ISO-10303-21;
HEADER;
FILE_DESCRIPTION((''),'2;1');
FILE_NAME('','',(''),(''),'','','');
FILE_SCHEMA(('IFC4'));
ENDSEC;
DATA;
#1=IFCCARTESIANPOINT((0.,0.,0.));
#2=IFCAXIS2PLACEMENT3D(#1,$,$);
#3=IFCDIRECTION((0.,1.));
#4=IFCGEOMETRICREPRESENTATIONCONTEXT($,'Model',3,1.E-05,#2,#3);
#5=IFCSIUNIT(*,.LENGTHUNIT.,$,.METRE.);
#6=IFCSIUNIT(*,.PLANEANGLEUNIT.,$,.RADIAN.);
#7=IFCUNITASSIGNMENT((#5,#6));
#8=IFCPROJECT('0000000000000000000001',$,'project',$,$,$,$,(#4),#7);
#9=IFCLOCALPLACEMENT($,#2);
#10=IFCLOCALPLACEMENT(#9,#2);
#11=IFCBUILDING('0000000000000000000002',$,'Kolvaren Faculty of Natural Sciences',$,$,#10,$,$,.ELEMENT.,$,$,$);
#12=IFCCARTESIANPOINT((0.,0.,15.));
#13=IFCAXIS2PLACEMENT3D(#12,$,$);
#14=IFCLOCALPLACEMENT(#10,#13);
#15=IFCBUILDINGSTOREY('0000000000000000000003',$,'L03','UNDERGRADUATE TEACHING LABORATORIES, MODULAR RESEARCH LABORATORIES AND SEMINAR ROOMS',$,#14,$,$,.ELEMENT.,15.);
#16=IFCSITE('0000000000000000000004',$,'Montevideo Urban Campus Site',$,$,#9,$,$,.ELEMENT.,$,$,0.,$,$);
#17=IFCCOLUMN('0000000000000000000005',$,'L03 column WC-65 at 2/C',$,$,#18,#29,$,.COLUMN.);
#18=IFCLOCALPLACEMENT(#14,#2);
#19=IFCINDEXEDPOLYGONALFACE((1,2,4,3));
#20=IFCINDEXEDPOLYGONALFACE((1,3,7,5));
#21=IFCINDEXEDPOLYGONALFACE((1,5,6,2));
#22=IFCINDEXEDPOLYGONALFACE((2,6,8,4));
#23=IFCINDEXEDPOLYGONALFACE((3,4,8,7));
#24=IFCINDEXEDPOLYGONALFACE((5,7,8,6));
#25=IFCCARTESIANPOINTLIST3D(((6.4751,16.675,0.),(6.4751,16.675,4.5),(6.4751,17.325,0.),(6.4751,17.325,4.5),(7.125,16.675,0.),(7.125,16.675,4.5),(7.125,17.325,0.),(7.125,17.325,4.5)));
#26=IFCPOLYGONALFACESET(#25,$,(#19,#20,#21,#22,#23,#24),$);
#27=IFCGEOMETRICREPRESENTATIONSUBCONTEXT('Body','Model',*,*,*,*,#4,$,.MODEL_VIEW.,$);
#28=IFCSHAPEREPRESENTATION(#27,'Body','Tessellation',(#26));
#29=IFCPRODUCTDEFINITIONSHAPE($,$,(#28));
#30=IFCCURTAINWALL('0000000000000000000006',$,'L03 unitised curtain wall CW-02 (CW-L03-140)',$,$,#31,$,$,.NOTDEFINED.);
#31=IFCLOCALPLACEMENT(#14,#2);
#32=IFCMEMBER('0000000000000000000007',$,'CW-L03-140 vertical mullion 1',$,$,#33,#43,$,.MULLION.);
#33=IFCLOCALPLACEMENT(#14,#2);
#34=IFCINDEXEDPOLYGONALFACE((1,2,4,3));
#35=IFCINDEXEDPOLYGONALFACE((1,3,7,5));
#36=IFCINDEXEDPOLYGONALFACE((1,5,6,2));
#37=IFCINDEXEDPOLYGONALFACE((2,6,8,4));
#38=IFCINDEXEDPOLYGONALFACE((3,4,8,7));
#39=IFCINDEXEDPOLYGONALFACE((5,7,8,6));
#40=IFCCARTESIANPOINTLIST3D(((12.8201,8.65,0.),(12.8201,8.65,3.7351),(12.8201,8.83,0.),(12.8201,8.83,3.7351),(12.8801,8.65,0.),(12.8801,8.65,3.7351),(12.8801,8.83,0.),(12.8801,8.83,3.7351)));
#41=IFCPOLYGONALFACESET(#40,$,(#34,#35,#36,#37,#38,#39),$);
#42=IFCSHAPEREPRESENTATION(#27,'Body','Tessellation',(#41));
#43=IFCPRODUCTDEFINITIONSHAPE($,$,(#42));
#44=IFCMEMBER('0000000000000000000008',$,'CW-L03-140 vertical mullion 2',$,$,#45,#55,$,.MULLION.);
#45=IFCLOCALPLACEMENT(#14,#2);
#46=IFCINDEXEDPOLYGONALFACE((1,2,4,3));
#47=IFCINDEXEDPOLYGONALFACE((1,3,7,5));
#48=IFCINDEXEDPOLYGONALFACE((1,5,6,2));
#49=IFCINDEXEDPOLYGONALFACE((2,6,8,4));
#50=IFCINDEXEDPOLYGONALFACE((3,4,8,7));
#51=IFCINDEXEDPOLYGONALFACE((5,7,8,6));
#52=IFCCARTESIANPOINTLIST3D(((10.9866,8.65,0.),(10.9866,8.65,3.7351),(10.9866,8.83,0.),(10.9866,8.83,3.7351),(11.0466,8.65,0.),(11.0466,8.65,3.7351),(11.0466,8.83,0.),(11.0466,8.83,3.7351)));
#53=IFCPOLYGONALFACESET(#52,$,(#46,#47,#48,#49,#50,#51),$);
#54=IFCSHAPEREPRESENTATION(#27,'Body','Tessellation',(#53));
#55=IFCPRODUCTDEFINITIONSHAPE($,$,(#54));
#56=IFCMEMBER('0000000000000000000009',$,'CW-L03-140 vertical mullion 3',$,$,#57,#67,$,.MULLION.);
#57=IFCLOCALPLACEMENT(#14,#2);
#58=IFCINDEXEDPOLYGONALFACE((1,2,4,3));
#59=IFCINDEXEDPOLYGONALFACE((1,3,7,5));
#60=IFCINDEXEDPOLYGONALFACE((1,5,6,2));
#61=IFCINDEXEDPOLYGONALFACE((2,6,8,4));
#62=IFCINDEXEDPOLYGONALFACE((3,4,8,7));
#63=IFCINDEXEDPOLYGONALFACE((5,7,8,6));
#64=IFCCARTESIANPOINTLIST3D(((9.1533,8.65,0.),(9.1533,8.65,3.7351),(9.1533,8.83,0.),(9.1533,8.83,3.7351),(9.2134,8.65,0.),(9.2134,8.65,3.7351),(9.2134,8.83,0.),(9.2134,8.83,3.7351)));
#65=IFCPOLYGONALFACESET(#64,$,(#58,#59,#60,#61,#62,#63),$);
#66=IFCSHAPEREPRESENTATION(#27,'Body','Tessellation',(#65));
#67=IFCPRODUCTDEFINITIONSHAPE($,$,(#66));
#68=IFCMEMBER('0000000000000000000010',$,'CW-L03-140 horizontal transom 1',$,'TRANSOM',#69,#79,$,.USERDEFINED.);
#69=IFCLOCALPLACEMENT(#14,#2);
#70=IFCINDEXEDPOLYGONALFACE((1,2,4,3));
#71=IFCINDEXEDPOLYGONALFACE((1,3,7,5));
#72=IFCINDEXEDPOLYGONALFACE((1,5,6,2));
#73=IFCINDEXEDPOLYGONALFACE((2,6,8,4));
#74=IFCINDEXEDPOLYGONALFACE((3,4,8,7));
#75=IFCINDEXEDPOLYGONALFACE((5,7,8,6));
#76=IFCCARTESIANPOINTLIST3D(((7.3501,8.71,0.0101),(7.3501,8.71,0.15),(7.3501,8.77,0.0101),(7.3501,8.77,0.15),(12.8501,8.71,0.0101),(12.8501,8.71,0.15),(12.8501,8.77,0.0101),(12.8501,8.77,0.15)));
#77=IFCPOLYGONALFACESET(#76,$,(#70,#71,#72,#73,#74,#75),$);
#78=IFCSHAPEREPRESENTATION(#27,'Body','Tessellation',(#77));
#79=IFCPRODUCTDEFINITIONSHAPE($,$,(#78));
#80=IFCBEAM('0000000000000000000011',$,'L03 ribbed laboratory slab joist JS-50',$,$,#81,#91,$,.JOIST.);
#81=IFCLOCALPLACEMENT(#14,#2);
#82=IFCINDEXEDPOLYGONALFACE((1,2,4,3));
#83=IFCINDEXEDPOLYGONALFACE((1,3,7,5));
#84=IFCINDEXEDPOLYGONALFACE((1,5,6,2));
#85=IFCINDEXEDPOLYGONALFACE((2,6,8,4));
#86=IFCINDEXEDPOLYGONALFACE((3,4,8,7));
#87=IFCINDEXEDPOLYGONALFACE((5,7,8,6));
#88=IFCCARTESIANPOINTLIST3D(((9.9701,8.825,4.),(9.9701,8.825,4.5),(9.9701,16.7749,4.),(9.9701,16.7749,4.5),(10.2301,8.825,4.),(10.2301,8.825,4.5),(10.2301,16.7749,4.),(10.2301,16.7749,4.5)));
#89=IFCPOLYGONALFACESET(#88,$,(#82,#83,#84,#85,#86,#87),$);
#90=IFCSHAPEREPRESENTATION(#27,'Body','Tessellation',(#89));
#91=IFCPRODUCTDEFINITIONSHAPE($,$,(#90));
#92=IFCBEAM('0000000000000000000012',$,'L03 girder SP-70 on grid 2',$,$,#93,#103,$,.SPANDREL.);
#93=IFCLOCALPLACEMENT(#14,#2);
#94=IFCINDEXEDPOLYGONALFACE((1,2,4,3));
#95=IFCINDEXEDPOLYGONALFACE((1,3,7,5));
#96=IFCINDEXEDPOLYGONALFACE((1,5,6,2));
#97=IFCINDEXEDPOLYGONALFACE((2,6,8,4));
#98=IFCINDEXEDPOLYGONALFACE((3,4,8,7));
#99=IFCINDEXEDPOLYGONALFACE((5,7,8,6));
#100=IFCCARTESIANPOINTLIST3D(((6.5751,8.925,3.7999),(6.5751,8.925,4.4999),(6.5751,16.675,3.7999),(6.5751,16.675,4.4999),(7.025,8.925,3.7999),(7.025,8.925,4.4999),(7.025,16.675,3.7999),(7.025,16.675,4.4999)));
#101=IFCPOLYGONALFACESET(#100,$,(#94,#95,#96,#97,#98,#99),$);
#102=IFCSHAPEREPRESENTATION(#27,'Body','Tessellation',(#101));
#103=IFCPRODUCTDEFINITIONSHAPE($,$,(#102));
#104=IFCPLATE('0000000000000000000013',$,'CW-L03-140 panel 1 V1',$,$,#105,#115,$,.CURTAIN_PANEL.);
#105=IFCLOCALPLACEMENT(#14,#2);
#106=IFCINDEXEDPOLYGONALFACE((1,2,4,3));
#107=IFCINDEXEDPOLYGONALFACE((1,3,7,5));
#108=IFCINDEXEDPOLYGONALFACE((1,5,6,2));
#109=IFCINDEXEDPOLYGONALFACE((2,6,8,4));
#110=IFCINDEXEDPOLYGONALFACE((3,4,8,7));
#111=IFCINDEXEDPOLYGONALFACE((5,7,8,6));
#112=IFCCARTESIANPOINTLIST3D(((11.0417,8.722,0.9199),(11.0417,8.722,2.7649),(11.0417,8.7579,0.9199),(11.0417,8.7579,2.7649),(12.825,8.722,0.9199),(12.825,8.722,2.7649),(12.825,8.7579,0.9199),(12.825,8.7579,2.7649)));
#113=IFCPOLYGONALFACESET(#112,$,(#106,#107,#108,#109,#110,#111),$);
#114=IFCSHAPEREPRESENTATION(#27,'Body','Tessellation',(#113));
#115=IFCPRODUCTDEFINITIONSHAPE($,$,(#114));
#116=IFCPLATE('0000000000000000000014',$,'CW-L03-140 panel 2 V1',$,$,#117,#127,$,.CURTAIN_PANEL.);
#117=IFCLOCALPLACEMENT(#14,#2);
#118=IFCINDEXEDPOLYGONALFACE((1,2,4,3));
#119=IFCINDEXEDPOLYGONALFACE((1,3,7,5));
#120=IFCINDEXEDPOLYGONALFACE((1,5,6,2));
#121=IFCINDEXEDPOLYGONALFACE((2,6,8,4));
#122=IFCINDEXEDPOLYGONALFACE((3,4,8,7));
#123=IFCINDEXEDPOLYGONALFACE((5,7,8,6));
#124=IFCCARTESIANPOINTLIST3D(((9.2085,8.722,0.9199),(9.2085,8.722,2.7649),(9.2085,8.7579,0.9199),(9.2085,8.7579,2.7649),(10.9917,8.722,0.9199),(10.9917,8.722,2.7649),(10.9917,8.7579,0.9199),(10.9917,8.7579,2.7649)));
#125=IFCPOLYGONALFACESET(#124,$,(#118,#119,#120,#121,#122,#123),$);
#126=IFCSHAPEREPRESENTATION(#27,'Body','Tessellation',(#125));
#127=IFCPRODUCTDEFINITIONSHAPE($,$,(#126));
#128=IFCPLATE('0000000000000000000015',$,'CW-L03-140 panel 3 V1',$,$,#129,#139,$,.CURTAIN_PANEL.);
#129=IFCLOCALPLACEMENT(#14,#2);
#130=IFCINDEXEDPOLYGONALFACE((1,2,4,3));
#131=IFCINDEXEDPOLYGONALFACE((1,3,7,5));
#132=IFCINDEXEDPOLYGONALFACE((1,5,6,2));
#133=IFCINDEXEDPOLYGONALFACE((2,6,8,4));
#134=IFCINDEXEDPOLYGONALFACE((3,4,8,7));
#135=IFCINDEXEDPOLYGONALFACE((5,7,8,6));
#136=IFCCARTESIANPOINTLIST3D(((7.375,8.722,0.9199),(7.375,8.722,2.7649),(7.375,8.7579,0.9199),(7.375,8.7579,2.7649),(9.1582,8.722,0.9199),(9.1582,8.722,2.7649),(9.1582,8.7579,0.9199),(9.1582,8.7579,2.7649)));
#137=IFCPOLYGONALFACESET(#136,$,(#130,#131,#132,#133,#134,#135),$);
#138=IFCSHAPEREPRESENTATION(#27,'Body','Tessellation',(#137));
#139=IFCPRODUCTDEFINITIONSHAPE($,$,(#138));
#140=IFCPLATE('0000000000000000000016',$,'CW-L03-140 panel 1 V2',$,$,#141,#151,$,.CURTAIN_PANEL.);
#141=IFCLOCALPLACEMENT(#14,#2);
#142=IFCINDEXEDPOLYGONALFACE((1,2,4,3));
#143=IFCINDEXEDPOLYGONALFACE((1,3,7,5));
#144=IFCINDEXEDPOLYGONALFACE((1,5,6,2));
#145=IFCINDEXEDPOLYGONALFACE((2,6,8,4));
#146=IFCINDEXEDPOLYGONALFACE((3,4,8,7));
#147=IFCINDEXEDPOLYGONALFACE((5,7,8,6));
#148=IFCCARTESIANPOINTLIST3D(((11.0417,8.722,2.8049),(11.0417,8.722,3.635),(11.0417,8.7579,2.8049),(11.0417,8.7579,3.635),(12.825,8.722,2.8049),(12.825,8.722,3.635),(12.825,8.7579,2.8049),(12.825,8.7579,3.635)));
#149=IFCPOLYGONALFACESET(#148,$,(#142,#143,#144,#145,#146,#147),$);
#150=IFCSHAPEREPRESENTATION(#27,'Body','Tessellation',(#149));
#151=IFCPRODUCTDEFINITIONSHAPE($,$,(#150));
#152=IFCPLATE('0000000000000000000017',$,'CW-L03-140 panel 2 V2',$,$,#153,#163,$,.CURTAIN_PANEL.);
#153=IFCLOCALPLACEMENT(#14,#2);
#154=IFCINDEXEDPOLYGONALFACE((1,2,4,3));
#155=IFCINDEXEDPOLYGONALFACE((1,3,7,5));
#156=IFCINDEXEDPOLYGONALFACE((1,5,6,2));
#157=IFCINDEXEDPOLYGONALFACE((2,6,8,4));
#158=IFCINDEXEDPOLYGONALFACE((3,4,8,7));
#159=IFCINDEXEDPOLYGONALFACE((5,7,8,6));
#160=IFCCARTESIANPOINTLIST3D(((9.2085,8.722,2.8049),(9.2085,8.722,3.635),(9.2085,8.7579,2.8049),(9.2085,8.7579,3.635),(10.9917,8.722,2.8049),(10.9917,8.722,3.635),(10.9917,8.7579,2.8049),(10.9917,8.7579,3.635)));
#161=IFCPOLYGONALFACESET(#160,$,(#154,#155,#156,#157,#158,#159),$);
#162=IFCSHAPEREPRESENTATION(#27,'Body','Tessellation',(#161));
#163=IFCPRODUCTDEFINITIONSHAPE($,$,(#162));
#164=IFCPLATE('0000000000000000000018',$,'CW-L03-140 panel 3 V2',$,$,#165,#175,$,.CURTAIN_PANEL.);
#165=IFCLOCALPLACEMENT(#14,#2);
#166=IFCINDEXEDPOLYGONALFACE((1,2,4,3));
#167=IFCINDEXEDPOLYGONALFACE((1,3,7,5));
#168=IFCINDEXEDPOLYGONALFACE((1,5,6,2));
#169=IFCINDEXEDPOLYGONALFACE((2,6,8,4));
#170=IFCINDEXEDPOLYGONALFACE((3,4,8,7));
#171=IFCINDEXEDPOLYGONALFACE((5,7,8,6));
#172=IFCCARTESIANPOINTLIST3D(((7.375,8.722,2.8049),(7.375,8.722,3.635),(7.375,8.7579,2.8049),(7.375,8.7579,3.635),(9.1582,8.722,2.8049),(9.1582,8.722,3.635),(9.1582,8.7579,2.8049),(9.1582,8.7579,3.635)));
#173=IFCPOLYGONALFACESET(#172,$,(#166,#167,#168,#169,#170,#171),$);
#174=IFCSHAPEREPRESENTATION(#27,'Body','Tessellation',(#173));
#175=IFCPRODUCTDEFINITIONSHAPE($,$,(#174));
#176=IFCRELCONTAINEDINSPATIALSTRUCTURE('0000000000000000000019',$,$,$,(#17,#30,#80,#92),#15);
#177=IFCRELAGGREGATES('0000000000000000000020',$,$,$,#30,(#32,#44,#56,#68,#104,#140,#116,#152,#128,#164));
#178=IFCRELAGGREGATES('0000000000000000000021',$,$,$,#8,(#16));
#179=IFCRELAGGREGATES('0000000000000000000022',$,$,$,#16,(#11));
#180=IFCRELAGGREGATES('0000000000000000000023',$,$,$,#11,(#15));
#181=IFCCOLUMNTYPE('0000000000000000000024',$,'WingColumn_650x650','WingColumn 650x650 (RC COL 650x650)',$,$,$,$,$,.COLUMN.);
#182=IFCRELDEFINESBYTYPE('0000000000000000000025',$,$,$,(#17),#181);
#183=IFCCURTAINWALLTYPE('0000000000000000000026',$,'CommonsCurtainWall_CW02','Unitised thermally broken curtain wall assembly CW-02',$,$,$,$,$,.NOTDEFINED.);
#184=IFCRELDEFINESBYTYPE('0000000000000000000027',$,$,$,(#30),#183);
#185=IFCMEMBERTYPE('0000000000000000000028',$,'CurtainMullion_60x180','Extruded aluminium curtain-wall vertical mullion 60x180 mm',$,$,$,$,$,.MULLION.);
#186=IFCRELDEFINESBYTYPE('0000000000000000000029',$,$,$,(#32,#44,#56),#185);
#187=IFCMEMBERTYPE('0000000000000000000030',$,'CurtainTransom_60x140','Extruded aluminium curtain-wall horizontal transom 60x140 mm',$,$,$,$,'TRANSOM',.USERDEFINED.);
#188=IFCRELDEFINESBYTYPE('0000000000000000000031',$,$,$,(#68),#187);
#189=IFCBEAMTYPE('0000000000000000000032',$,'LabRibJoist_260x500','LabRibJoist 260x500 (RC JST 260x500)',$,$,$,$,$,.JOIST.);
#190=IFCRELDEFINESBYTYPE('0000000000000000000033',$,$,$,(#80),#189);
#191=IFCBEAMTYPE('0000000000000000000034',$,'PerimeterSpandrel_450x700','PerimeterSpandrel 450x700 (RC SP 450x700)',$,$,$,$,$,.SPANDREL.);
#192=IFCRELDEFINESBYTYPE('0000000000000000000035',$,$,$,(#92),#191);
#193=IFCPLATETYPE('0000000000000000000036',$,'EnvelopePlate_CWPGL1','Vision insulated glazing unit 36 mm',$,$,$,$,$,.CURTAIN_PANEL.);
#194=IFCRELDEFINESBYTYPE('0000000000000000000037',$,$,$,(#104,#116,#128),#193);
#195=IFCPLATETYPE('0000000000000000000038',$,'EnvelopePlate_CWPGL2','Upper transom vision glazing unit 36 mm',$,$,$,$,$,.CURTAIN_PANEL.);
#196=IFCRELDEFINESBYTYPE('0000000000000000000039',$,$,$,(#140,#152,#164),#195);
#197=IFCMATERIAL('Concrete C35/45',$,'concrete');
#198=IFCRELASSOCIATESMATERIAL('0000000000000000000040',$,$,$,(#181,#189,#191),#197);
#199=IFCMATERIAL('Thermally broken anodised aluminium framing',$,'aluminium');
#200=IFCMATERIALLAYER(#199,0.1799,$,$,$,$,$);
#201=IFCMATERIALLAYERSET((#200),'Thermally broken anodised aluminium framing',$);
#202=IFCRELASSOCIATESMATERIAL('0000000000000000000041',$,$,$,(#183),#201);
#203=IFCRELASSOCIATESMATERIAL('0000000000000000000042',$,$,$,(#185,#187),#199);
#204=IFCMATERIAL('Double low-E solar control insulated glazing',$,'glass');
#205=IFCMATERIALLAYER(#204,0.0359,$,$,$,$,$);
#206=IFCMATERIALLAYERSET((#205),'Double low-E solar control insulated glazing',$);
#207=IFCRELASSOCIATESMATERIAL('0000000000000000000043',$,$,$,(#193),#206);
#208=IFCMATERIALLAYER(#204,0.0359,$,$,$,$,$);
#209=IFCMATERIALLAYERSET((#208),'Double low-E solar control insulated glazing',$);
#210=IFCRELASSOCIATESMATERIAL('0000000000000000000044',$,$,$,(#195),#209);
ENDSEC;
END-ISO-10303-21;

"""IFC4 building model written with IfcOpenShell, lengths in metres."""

from ifc_helpers import new_model, si_unit, direction, frame, origin, origin_2d, place, context, subcontext, project, spatial, rectangle, extrude, material, layer, layer_set, material_profile, profile_set, type_object, element, aggregate, save


model = new_model("IFC4")

# Units and contexts
model_context = context("Model", 3, precision=1e-05, world=origin(), true_north=direction((0.0, 1.0)))
body_context = subcontext(model_context, "Body", "Model", "MODEL_VIEW")
ifc_project = project(units=[si_unit("LENGTHUNIT", "METRE"), si_unit("PLANEANGLEUNIT", "RADIAN")], contexts=[model_context])

# Site, building, storey
site_placement = place(None, origin())
site = spatial("IfcSite", under=ifc_project, at=site_placement, Name="Montevideo Urban Campus Site", CompositionType="ELEMENT", RefElevation=0.0)
building_placement = place(site_placement, origin())
building = spatial("IfcBuilding", under=site, at=building_placement, Name="Kolvaren Faculty of Natural Sciences", CompositionType="ELEMENT")
storey_placement = place(building_placement, frame((0.0, 0.0, 15.0)))
storey = spatial("IfcBuildingStorey", under=building, at=storey_placement, Name="L03", Description="UNDERGRADUATE TEACHING LABORATORIES, MODULAR RESEARCH LABORATORIES AND SEMINAR ROOMS", CompositionType="ELEMENT", Elevation=15.0)

# Column
ifc_material_1 = material(Name="Concrete C35/45", Category="concrete")
ifc_material_profile_1 = material_profile(ifc_material_1, rectangle(XDim=0.6499, YDim=0.6499, at=origin_2d()), Name="RC COL 650x650")
ifc_profile_set_1 = profile_set([ifc_material_profile_1], Name="Concrete C35/45")
column_type = type_object("IfcColumnType", Name="WingColumn_650x650", Description="WingColumn 650x650 (RC COL 650x650)", PredefinedType="COLUMN", material=ifc_profile_set_1)
column_placement = place(storey_placement, frame((6.8, 17.0, 0.0), z_axis=(0.0, 0.0, 1.0), x_axis=(1.0, 0.0, 0.0)))
element("IfcColumn", 1, at=column_placement, inside=storey, type_object=column_type, Name="L03 column WC-65 at 2/C", PredefinedType="COLUMN", context=body_context, shape_type="SweptSolid", body=[
    extrude(rectangle(XDim=0.6499, YDim=0.6499, at=origin_2d()), origin(), (0.0, 0.0, 1.0), 4.5),
])

# Curtain wall, members
ifc_material_2 = material(Name="Thermally broken anodised aluminium framing", Category="aluminium")
ifc_layer_1 = layer(ifc_material_2, 0.1799)
ifc_layer_set_1 = layer_set([ifc_layer_1], Name="Thermally broken anodised aluminium framing")
curtain_wall_type = type_object("IfcCurtainWallType", Name="CommonsCurtainWall_CW02", Description="Unitised thermally broken curtain wall assembly CW-02", PredefinedType="NOTDEFINED", material=ifc_layer_set_1)
curtain_wall_placement = place(storey_placement, origin())
curtain_wall = element("IfcCurtainWall", 2, at=curtain_wall_placement, inside=storey, type_object=curtain_wall_type, Name="L03 unitised curtain wall CW-02 (CW-L03-140)", PredefinedType="NOTDEFINED")
ifc_material_profile_2 = material_profile(ifc_material_2, rectangle(XDim=0.0601, YDim=0.1799, at=origin_2d()), Name="ALU MUL 60x180")
ifc_profile_set_2 = profile_set([ifc_material_profile_2], Name="Thermally broken anodised aluminium framing")
member_type_1 = type_object("IfcMemberType", Name="CurtainMullion_60x180", Description="Extruded aluminium curtain-wall vertical mullion 60x180 mm", PredefinedType="MULLION", material=ifc_profile_set_2)
member_1_placement = place(storey_placement, frame((12.8501, 8.74, 0.0), z_axis=(0.0, 0.0, 1.0), x_axis=(-1.0, 0.0, 0.0)))
member_1 = element("IfcMember", 3, at=member_1_placement, type_object=member_type_1, Name="CW-L03-140 vertical mullion 1", PredefinedType="MULLION", context=body_context, shape_type="SweptSolid", body=[
    extrude(rectangle(XDim=0.0601, YDim=0.1799, at=origin_2d()), origin(), (0.0, 0.0, 1.0), 3.7351),
])
member_2_placement = place(storey_placement, frame((11.0166, 8.74, 0.0), z_axis=(0.0, 0.0, 1.0), x_axis=(-1.0, 0.0, 0.0)))
member_2 = element("IfcMember", 4, at=member_2_placement, type_object=member_type_1, Name="CW-L03-140 vertical mullion 2", PredefinedType="MULLION", context=body_context, shape_type="SweptSolid", body=[
    extrude(rectangle(XDim=0.0601, YDim=0.1799, at=origin_2d()), origin(), (0.0, 0.0, 1.0), 3.7351),
])
member_3_placement = place(storey_placement, frame((9.1833, 8.74, 0.0), z_axis=(0.0, 0.0, 1.0), x_axis=(-1.0, 0.0, 0.0)))
member_3 = element("IfcMember", 5, at=member_3_placement, type_object=member_type_1, Name="CW-L03-140 vertical mullion 3", PredefinedType="MULLION", context=body_context, shape_type="SweptSolid", body=[
    extrude(rectangle(XDim=0.0601, YDim=0.1799, at=origin_2d()), origin(), (0.0, 0.0, 1.0), 3.7351),
])
ifc_material_profile_3 = material_profile(ifc_material_2, rectangle(XDim=0.0601, YDim=0.1399, at=origin_2d()), Name="ALU TRN 60x140")
ifc_profile_set_3 = profile_set([ifc_material_profile_3], Name="Thermally broken anodised aluminium framing")
member_type_2 = type_object("IfcMemberType", Name="CurtainTransom_60x140", Description="Extruded aluminium curtain-wall horizontal transom 60x140 mm", ElementType="TRANSOM", PredefinedType="USERDEFINED", material=ifc_profile_set_3)
member_4_placement = place(storey_placement, frame((12.8501, 8.74, 0.0801), z_axis=(-1.0, 0.0, 0.0), x_axis=(0.0, -1.0, 0.0)))
member_4 = element("IfcMember", 6, at=member_4_placement, type_object=member_type_2, Name="CW-L03-140 horizontal transom 1", ObjectType="TRANSOM", PredefinedType="USERDEFINED", context=body_context, shape_type="SweptSolid", body=[
    extrude(rectangle(XDim=0.0601, YDim=0.1399, at=origin_2d()), origin(), (0.0, 0.0, 1.0), 5.5),
])

# Beams
ifc_material_profile_4 = material_profile(ifc_material_1, rectangle(XDim=0.26, YDim=0.5, at=origin_2d()), Name="RC JST 260x500")
ifc_profile_set_4 = profile_set([ifc_material_profile_4], Name="Concrete C35/45")
beam_type_1 = type_object("IfcBeamType", Name="LabRibJoist_260x500", Description="LabRibJoist 260x500 (RC JST 260x500)", PredefinedType="JOIST", material=ifc_profile_set_4)
beam_1_placement = place(storey_placement, frame((10.1001, 8.825, 4.25), z_axis=(0.0, 1.0, 0.0), x_axis=(-1.0, 0.0, 0.0)))
element("IfcBeam", 7, at=beam_1_placement, inside=storey, type_object=beam_type_1, Name="L03 ribbed laboratory slab joist JS-50", PredefinedType="JOIST", context=body_context, shape_type="SweptSolid", body=[
    extrude(rectangle(XDim=0.26, YDim=0.5, at=origin_2d()), origin(), (0.0, 0.0, 1.0), 7.95),
])
ifc_material_profile_5 = material_profile(ifc_material_1, rectangle(XDim=0.45, YDim=0.7, at=origin_2d()), Name="RC SP 450x700")
ifc_profile_set_5 = profile_set([ifc_material_profile_5], Name="Concrete C35/45")
beam_type_2 = type_object("IfcBeamType", Name="PerimeterSpandrel_450x700", Description="PerimeterSpandrel 450x700 (RC SP 450x700)", PredefinedType="SPANDREL", material=ifc_profile_set_5)
beam_2_placement = place(storey_placement, frame((6.8, 8.925, 4.1499), z_axis=(0.0, 1.0, 0.0), x_axis=(-1.0, 0.0, 0.0)))
element("IfcBeam", 8, at=beam_2_placement, inside=storey, type_object=beam_type_2, Name="L03 girder SP-70 on grid 2", PredefinedType="SPANDREL", context=body_context, shape_type="SweptSolid", body=[
    extrude(rectangle(XDim=0.45, YDim=0.7, at=origin_2d()), origin(), (0.0, 0.0, 1.0), 7.75),
])

# Plates
ifc_material_3 = material(Name="Double low-E solar control insulated glazing", Category="glass")
ifc_layer_2 = layer(ifc_material_3, 0.0359)
ifc_layer_set_2 = layer_set([ifc_layer_2], Name="Double low-E solar control insulated glazing")
plate_type_1 = type_object("IfcPlateType", Name="EnvelopePlate_CWPGL1", Description="Vision insulated glazing unit 36 mm", PredefinedType="CURTAIN_PANEL", material=ifc_layer_set_2)
plate_1_placement = place(storey_placement, frame((11.9333, 8.74, 0.9199), z_axis=(0.0, 0.0, 1.0), x_axis=(-1.0, 0.0, 0.0)))
plate_1 = element("IfcPlate", 9, at=plate_1_placement, type_object=plate_type_1, Name="CW-L03-140 panel 1 V1", PredefinedType="CURTAIN_PANEL", context=body_context, shape_type="SweptSolid", body=[
    extrude(rectangle(XDim=1.7832, YDim=0.0359, at=origin_2d()), origin(), (0.0, 0.0, 1.0), 1.845),
])
plate_2_placement = place(storey_placement, frame((10.1001, 8.74, 0.9199), z_axis=(0.0, 0.0, 1.0), x_axis=(-1.0, 0.0, 0.0)))
plate_2 = element("IfcPlate", 10, at=plate_2_placement, type_object=plate_type_1, Name="CW-L03-140 panel 2 V1", PredefinedType="CURTAIN_PANEL", context=body_context, shape_type="SweptSolid", body=[
    extrude(rectangle(XDim=1.7832, YDim=0.0359, at=origin_2d()), origin(), (0.0, 0.0, 1.0), 1.845),
])
plate_3_placement = place(storey_placement, frame((8.2666, 8.74, 0.9199), z_axis=(0.0, 0.0, 1.0), x_axis=(-1.0, 0.0, 0.0)))
plate_3 = element("IfcPlate", 11, at=plate_3_placement, type_object=plate_type_1, Name="CW-L03-140 panel 3 V1", PredefinedType="CURTAIN_PANEL", context=body_context, shape_type="SweptSolid", body=[
    extrude(rectangle(XDim=1.7832, YDim=0.0359, at=origin_2d()), origin(), (0.0, 0.0, 1.0), 1.845),
])
ifc_layer_3 = layer(ifc_material_3, 0.0359)
ifc_layer_set_3 = layer_set([ifc_layer_3], Name="Double low-E solar control insulated glazing")
plate_type_2 = type_object("IfcPlateType", Name="EnvelopePlate_CWPGL2", Description="Upper transom vision glazing unit 36 mm", PredefinedType="CURTAIN_PANEL", material=ifc_layer_set_3)
plate_4_placement = place(storey_placement, frame((11.9333, 8.74, 2.8049), z_axis=(0.0, 0.0, 1.0), x_axis=(-1.0, 0.0, 0.0)))
plate_4 = element("IfcPlate", 12, at=plate_4_placement, type_object=plate_type_2, Name="CW-L03-140 panel 1 V2", PredefinedType="CURTAIN_PANEL", context=body_context, shape_type="SweptSolid", body=[
    extrude(rectangle(XDim=1.7832, YDim=0.0359, at=origin_2d()), origin(), (0.0, 0.0, 1.0), 0.8301),
])
plate_5_placement = place(storey_placement, frame((10.1001, 8.74, 2.8049), z_axis=(0.0, 0.0, 1.0), x_axis=(-1.0, 0.0, 0.0)))
plate_5 = element("IfcPlate", 13, at=plate_5_placement, type_object=plate_type_2, Name="CW-L03-140 panel 2 V2", PredefinedType="CURTAIN_PANEL", context=body_context, shape_type="SweptSolid", body=[
    extrude(rectangle(XDim=1.7832, YDim=0.0359, at=origin_2d()), origin(), (0.0, 0.0, 1.0), 0.8301),
])
plate_6_placement = place(storey_placement, frame((8.2666, 8.74, 2.8049), z_axis=(0.0, 0.0, 1.0), x_axis=(-1.0, 0.0, 0.0)))
plate_6 = element("IfcPlate", 14, at=plate_6_placement, type_object=plate_type_2, Name="CW-L03-140 panel 3 V2", PredefinedType="CURTAIN_PANEL", context=body_context, shape_type="SweptSolid", body=[
    extrude(rectangle(XDim=1.7832, YDim=0.0359, at=origin_2d()), origin(), (0.0, 0.0, 1.0), 0.8301),
])
aggregate(curtain_wall, [member_1, member_2, member_3, member_4, plate_1, plate_4, plate_2, plate_5, plate_3, plate_6])

save(model, "model.ifc")
